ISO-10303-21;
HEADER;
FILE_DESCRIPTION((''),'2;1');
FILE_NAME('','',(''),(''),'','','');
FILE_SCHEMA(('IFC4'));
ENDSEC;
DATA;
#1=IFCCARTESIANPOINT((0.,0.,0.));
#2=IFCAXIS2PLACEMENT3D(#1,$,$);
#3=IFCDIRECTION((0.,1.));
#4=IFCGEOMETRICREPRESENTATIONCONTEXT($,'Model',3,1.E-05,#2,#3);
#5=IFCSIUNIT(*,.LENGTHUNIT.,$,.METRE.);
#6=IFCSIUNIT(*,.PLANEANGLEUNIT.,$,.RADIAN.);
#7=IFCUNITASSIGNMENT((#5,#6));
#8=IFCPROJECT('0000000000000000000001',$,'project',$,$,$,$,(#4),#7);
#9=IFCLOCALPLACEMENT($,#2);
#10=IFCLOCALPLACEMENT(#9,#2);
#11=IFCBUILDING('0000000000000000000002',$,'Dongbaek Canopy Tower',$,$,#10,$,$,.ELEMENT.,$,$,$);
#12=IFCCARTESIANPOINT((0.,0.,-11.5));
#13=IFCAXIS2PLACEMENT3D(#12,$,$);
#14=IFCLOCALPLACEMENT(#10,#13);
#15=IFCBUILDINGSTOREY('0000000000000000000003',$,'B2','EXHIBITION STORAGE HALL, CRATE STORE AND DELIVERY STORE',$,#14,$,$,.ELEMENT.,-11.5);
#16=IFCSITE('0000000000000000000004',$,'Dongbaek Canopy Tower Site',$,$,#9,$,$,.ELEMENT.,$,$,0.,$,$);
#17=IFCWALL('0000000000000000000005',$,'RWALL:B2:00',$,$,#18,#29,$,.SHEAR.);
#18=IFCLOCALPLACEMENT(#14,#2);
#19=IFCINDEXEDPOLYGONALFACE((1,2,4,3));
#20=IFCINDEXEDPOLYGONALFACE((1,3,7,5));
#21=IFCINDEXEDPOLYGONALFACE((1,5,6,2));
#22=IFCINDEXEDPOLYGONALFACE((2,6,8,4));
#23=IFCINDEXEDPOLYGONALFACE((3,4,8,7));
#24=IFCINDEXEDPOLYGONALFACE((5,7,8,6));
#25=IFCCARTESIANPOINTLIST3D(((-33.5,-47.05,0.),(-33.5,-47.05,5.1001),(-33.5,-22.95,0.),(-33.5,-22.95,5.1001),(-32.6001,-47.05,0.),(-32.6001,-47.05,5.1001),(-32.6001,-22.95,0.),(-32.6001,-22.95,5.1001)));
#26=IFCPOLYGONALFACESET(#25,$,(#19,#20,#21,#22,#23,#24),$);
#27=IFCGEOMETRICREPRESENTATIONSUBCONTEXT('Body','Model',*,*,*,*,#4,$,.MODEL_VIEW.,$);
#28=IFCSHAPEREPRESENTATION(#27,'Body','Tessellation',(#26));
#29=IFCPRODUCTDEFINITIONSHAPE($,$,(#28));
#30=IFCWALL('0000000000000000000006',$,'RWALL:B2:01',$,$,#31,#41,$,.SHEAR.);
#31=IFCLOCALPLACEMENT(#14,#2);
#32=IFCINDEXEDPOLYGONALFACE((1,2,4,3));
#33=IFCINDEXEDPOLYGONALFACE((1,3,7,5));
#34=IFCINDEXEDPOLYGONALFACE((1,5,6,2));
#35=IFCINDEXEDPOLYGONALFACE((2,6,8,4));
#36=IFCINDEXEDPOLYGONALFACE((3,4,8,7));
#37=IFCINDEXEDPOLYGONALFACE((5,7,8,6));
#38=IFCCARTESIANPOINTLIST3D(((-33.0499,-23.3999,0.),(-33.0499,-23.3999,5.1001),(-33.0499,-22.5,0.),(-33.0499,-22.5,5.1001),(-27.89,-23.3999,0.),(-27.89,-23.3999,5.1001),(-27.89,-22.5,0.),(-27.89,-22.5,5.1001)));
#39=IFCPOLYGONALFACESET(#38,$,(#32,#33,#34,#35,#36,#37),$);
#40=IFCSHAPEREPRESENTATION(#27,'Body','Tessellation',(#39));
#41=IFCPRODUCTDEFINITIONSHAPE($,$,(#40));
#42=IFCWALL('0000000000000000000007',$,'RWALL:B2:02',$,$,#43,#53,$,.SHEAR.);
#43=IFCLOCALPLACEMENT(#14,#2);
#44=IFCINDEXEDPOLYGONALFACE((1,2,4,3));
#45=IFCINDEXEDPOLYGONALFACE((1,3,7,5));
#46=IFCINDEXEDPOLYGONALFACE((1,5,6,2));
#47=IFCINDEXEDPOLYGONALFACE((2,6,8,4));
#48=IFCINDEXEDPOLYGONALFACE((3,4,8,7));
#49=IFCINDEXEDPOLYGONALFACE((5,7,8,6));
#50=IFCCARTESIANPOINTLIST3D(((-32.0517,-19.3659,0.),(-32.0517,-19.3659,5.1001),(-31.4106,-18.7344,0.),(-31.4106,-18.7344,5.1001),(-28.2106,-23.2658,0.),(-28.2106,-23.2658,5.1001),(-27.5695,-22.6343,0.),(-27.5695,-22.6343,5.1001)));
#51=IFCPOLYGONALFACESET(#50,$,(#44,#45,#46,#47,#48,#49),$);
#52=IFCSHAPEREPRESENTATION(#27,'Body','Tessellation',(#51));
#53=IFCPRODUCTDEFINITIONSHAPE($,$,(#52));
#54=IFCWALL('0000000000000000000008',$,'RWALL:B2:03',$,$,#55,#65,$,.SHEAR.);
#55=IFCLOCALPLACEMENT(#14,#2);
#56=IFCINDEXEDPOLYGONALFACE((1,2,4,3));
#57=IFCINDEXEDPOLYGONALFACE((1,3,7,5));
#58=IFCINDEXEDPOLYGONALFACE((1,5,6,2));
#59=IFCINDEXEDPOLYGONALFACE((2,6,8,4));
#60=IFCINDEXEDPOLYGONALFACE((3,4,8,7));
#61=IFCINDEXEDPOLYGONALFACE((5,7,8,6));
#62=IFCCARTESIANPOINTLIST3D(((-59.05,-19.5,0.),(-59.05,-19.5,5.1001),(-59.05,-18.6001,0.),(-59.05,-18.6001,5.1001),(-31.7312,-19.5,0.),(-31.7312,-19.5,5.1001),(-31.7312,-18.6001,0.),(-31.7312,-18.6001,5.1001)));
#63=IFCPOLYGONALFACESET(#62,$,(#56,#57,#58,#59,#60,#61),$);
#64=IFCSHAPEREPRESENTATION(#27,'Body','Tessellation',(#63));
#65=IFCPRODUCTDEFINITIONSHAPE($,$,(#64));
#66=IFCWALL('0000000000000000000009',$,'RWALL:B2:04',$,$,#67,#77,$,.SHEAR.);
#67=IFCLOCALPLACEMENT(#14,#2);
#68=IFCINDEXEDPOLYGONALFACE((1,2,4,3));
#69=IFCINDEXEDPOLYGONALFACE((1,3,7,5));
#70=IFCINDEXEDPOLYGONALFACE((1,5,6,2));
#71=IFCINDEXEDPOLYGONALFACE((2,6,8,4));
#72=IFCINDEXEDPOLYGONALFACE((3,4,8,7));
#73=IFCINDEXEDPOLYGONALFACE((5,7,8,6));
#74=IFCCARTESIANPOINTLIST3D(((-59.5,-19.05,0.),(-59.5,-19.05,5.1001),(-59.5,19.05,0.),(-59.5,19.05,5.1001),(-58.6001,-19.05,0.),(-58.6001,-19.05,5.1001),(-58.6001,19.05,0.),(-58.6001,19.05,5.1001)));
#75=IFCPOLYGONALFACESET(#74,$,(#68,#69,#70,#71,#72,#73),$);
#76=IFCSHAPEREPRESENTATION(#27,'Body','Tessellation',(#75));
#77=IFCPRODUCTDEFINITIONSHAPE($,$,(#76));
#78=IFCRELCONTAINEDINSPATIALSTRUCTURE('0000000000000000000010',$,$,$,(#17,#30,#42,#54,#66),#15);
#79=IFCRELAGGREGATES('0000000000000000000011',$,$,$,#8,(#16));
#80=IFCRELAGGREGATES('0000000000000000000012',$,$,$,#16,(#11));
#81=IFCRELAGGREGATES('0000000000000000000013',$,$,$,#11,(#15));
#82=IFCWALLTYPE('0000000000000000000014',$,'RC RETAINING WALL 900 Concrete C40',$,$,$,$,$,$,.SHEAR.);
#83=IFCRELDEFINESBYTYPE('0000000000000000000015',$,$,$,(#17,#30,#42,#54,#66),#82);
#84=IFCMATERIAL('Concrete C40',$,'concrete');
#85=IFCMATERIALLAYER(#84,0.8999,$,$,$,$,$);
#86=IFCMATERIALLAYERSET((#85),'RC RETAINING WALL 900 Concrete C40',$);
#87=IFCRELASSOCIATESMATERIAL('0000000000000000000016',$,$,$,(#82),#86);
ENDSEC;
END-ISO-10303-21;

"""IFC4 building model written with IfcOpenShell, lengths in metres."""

from ifc_helpers import new_model, si_unit, direction, frame, frame_2d, origin, place, context, subcontext, project, spatial, rectangle, extrude, material, layer, layer_set, type_object, element, save


model = new_model("IFC4")

# Units and contexts
model_context = context("Model", 3, precision=1e-05, world=origin(), true_north=direction((0.0, 1.0)))
body_context = subcontext(model_context, "Body", "Model", "MODEL_VIEW")
ifc_project = project(units=[si_unit("LENGTHUNIT", "METRE"), si_unit("PLANEANGLEUNIT", "RADIAN")], contexts=[model_context])

# Site, building, storey
site_placement = place(None, origin())
site = spatial("IfcSite", under=ifc_project, at=site_placement, Name="Dongbaek Canopy Tower Site", CompositionType="ELEMENT", RefElevation=0.0)
building_placement = place(site_placement, origin())
building = spatial("IfcBuilding", under=site, at=building_placement, Name="Dongbaek Canopy Tower", CompositionType="ELEMENT")
storey_placement = place(building_placement, frame((0.0, 0.0, -11.5)))
storey = spatial("IfcBuildingStorey", under=building, at=storey_placement, Name="B2", Description="EXHIBITION STORAGE HALL, CRATE STORE AND DELIVERY STORE", CompositionType="ELEMENT", Elevation=-11.5)

# Walls
ifc_material_1 = material(Name="Concrete C40", Category="concrete")
ifc_layer_1 = layer(ifc_material_1, 0.8999)
ifc_layer_set_1 = layer_set([ifc_layer_1], Name="RC RETAINING WALL 900 Concrete C40")
wall_type_1 = type_object("IfcWallType", Name="RC RETAINING WALL 900 Concrete C40", PredefinedType="SHEAR", material=ifc_layer_set_1)
wall_1_placement = place(storey_placement, frame((-33.05, -47.05, 0.0), z_axis=(0.0, 0.0, 1.0), x_axis=(0.0, 1.0, 0.0)))
element("IfcWall", 1, at=wall_1_placement, inside=storey, type_object=wall_type_1, Name="RWALL:B2:00", PredefinedType="SHEAR", context=body_context, shape_type="SweptSolid", body=[
    extrude(rectangle(XDim=24.1001, YDim=0.8999, at=frame_2d((12.05, 0.0))), origin(), (0.0, 0.0, 1.0), 5.1001),
])
wall_2_placement = place(storey_placement, frame((-33.05, -22.95, 0.0), z_axis=(0.0, 0.0, 1.0), x_axis=(1.0, 0.0, 0.0)))
element("IfcWall", 2, at=wall_2_placement, inside=storey, type_object=wall_type_1, Name="RWALL:B2:01", PredefinedType="SHEAR", context=body_context, shape_type="SweptSolid", body=[
    extrude(rectangle(XDim=5.1599, YDim=0.8999, at=frame_2d((2.5801, 0.0))), origin(), (0.0, 0.0, 1.0), 5.1001),
])
wall_3_placement = place(storey_placement, frame((-27.8901, -22.95, 0.0), z_axis=(0.0, 0.0, 1.0), x_axis=(-0.701712, 0.712461, 0.0)))
element("IfcWall", 3, at=wall_3_placement, inside=storey, type_object=wall_type_1, Name="RWALL:B2:02", PredefinedType="SHEAR", context=body_context, shape_type="SweptSolid", body=[
    extrude(rectangle(XDim=5.4739, YDim=0.8999, at=frame_2d((2.7368, 0.0))), origin(), (0.0, 0.0, 1.0), 5.1001),
])
wall_4_placement = place(storey_placement, frame((-31.7312, -19.05, 0.0), z_axis=(0.0, 0.0, 1.0), x_axis=(-1.0, 0.0, 0.0)))
element("IfcWall", 4, at=wall_4_placement, inside=storey, type_object=wall_type_1, Name="RWALL:B2:03", PredefinedType="SHEAR", context=body_context, shape_type="SweptSolid", body=[
    extrude(rectangle(XDim=27.3188, YDim=0.8999, at=frame_2d((13.6594, 0.0))), origin(), (0.0, 0.0, 1.0), 5.1001),
])
wall_5_placement = place(storey_placement, frame((-59.05, -19.05, 0.0), z_axis=(0.0, 0.0, 1.0), x_axis=(0.0, 1.0, 0.0)))
element("IfcWall", 5, at=wall_5_placement, inside=storey, type_object=wall_type_1, Name="RWALL:B2:04", PredefinedType="SHEAR", context=body_context, shape_type="SweptSolid", body=[
    extrude(rectangle(XDim=38.1001, YDim=0.8999, at=frame_2d((19.05, 0.0))), origin(), (0.0, 0.0, 1.0), 5.1001),
])

save(model, "model.ifc")
